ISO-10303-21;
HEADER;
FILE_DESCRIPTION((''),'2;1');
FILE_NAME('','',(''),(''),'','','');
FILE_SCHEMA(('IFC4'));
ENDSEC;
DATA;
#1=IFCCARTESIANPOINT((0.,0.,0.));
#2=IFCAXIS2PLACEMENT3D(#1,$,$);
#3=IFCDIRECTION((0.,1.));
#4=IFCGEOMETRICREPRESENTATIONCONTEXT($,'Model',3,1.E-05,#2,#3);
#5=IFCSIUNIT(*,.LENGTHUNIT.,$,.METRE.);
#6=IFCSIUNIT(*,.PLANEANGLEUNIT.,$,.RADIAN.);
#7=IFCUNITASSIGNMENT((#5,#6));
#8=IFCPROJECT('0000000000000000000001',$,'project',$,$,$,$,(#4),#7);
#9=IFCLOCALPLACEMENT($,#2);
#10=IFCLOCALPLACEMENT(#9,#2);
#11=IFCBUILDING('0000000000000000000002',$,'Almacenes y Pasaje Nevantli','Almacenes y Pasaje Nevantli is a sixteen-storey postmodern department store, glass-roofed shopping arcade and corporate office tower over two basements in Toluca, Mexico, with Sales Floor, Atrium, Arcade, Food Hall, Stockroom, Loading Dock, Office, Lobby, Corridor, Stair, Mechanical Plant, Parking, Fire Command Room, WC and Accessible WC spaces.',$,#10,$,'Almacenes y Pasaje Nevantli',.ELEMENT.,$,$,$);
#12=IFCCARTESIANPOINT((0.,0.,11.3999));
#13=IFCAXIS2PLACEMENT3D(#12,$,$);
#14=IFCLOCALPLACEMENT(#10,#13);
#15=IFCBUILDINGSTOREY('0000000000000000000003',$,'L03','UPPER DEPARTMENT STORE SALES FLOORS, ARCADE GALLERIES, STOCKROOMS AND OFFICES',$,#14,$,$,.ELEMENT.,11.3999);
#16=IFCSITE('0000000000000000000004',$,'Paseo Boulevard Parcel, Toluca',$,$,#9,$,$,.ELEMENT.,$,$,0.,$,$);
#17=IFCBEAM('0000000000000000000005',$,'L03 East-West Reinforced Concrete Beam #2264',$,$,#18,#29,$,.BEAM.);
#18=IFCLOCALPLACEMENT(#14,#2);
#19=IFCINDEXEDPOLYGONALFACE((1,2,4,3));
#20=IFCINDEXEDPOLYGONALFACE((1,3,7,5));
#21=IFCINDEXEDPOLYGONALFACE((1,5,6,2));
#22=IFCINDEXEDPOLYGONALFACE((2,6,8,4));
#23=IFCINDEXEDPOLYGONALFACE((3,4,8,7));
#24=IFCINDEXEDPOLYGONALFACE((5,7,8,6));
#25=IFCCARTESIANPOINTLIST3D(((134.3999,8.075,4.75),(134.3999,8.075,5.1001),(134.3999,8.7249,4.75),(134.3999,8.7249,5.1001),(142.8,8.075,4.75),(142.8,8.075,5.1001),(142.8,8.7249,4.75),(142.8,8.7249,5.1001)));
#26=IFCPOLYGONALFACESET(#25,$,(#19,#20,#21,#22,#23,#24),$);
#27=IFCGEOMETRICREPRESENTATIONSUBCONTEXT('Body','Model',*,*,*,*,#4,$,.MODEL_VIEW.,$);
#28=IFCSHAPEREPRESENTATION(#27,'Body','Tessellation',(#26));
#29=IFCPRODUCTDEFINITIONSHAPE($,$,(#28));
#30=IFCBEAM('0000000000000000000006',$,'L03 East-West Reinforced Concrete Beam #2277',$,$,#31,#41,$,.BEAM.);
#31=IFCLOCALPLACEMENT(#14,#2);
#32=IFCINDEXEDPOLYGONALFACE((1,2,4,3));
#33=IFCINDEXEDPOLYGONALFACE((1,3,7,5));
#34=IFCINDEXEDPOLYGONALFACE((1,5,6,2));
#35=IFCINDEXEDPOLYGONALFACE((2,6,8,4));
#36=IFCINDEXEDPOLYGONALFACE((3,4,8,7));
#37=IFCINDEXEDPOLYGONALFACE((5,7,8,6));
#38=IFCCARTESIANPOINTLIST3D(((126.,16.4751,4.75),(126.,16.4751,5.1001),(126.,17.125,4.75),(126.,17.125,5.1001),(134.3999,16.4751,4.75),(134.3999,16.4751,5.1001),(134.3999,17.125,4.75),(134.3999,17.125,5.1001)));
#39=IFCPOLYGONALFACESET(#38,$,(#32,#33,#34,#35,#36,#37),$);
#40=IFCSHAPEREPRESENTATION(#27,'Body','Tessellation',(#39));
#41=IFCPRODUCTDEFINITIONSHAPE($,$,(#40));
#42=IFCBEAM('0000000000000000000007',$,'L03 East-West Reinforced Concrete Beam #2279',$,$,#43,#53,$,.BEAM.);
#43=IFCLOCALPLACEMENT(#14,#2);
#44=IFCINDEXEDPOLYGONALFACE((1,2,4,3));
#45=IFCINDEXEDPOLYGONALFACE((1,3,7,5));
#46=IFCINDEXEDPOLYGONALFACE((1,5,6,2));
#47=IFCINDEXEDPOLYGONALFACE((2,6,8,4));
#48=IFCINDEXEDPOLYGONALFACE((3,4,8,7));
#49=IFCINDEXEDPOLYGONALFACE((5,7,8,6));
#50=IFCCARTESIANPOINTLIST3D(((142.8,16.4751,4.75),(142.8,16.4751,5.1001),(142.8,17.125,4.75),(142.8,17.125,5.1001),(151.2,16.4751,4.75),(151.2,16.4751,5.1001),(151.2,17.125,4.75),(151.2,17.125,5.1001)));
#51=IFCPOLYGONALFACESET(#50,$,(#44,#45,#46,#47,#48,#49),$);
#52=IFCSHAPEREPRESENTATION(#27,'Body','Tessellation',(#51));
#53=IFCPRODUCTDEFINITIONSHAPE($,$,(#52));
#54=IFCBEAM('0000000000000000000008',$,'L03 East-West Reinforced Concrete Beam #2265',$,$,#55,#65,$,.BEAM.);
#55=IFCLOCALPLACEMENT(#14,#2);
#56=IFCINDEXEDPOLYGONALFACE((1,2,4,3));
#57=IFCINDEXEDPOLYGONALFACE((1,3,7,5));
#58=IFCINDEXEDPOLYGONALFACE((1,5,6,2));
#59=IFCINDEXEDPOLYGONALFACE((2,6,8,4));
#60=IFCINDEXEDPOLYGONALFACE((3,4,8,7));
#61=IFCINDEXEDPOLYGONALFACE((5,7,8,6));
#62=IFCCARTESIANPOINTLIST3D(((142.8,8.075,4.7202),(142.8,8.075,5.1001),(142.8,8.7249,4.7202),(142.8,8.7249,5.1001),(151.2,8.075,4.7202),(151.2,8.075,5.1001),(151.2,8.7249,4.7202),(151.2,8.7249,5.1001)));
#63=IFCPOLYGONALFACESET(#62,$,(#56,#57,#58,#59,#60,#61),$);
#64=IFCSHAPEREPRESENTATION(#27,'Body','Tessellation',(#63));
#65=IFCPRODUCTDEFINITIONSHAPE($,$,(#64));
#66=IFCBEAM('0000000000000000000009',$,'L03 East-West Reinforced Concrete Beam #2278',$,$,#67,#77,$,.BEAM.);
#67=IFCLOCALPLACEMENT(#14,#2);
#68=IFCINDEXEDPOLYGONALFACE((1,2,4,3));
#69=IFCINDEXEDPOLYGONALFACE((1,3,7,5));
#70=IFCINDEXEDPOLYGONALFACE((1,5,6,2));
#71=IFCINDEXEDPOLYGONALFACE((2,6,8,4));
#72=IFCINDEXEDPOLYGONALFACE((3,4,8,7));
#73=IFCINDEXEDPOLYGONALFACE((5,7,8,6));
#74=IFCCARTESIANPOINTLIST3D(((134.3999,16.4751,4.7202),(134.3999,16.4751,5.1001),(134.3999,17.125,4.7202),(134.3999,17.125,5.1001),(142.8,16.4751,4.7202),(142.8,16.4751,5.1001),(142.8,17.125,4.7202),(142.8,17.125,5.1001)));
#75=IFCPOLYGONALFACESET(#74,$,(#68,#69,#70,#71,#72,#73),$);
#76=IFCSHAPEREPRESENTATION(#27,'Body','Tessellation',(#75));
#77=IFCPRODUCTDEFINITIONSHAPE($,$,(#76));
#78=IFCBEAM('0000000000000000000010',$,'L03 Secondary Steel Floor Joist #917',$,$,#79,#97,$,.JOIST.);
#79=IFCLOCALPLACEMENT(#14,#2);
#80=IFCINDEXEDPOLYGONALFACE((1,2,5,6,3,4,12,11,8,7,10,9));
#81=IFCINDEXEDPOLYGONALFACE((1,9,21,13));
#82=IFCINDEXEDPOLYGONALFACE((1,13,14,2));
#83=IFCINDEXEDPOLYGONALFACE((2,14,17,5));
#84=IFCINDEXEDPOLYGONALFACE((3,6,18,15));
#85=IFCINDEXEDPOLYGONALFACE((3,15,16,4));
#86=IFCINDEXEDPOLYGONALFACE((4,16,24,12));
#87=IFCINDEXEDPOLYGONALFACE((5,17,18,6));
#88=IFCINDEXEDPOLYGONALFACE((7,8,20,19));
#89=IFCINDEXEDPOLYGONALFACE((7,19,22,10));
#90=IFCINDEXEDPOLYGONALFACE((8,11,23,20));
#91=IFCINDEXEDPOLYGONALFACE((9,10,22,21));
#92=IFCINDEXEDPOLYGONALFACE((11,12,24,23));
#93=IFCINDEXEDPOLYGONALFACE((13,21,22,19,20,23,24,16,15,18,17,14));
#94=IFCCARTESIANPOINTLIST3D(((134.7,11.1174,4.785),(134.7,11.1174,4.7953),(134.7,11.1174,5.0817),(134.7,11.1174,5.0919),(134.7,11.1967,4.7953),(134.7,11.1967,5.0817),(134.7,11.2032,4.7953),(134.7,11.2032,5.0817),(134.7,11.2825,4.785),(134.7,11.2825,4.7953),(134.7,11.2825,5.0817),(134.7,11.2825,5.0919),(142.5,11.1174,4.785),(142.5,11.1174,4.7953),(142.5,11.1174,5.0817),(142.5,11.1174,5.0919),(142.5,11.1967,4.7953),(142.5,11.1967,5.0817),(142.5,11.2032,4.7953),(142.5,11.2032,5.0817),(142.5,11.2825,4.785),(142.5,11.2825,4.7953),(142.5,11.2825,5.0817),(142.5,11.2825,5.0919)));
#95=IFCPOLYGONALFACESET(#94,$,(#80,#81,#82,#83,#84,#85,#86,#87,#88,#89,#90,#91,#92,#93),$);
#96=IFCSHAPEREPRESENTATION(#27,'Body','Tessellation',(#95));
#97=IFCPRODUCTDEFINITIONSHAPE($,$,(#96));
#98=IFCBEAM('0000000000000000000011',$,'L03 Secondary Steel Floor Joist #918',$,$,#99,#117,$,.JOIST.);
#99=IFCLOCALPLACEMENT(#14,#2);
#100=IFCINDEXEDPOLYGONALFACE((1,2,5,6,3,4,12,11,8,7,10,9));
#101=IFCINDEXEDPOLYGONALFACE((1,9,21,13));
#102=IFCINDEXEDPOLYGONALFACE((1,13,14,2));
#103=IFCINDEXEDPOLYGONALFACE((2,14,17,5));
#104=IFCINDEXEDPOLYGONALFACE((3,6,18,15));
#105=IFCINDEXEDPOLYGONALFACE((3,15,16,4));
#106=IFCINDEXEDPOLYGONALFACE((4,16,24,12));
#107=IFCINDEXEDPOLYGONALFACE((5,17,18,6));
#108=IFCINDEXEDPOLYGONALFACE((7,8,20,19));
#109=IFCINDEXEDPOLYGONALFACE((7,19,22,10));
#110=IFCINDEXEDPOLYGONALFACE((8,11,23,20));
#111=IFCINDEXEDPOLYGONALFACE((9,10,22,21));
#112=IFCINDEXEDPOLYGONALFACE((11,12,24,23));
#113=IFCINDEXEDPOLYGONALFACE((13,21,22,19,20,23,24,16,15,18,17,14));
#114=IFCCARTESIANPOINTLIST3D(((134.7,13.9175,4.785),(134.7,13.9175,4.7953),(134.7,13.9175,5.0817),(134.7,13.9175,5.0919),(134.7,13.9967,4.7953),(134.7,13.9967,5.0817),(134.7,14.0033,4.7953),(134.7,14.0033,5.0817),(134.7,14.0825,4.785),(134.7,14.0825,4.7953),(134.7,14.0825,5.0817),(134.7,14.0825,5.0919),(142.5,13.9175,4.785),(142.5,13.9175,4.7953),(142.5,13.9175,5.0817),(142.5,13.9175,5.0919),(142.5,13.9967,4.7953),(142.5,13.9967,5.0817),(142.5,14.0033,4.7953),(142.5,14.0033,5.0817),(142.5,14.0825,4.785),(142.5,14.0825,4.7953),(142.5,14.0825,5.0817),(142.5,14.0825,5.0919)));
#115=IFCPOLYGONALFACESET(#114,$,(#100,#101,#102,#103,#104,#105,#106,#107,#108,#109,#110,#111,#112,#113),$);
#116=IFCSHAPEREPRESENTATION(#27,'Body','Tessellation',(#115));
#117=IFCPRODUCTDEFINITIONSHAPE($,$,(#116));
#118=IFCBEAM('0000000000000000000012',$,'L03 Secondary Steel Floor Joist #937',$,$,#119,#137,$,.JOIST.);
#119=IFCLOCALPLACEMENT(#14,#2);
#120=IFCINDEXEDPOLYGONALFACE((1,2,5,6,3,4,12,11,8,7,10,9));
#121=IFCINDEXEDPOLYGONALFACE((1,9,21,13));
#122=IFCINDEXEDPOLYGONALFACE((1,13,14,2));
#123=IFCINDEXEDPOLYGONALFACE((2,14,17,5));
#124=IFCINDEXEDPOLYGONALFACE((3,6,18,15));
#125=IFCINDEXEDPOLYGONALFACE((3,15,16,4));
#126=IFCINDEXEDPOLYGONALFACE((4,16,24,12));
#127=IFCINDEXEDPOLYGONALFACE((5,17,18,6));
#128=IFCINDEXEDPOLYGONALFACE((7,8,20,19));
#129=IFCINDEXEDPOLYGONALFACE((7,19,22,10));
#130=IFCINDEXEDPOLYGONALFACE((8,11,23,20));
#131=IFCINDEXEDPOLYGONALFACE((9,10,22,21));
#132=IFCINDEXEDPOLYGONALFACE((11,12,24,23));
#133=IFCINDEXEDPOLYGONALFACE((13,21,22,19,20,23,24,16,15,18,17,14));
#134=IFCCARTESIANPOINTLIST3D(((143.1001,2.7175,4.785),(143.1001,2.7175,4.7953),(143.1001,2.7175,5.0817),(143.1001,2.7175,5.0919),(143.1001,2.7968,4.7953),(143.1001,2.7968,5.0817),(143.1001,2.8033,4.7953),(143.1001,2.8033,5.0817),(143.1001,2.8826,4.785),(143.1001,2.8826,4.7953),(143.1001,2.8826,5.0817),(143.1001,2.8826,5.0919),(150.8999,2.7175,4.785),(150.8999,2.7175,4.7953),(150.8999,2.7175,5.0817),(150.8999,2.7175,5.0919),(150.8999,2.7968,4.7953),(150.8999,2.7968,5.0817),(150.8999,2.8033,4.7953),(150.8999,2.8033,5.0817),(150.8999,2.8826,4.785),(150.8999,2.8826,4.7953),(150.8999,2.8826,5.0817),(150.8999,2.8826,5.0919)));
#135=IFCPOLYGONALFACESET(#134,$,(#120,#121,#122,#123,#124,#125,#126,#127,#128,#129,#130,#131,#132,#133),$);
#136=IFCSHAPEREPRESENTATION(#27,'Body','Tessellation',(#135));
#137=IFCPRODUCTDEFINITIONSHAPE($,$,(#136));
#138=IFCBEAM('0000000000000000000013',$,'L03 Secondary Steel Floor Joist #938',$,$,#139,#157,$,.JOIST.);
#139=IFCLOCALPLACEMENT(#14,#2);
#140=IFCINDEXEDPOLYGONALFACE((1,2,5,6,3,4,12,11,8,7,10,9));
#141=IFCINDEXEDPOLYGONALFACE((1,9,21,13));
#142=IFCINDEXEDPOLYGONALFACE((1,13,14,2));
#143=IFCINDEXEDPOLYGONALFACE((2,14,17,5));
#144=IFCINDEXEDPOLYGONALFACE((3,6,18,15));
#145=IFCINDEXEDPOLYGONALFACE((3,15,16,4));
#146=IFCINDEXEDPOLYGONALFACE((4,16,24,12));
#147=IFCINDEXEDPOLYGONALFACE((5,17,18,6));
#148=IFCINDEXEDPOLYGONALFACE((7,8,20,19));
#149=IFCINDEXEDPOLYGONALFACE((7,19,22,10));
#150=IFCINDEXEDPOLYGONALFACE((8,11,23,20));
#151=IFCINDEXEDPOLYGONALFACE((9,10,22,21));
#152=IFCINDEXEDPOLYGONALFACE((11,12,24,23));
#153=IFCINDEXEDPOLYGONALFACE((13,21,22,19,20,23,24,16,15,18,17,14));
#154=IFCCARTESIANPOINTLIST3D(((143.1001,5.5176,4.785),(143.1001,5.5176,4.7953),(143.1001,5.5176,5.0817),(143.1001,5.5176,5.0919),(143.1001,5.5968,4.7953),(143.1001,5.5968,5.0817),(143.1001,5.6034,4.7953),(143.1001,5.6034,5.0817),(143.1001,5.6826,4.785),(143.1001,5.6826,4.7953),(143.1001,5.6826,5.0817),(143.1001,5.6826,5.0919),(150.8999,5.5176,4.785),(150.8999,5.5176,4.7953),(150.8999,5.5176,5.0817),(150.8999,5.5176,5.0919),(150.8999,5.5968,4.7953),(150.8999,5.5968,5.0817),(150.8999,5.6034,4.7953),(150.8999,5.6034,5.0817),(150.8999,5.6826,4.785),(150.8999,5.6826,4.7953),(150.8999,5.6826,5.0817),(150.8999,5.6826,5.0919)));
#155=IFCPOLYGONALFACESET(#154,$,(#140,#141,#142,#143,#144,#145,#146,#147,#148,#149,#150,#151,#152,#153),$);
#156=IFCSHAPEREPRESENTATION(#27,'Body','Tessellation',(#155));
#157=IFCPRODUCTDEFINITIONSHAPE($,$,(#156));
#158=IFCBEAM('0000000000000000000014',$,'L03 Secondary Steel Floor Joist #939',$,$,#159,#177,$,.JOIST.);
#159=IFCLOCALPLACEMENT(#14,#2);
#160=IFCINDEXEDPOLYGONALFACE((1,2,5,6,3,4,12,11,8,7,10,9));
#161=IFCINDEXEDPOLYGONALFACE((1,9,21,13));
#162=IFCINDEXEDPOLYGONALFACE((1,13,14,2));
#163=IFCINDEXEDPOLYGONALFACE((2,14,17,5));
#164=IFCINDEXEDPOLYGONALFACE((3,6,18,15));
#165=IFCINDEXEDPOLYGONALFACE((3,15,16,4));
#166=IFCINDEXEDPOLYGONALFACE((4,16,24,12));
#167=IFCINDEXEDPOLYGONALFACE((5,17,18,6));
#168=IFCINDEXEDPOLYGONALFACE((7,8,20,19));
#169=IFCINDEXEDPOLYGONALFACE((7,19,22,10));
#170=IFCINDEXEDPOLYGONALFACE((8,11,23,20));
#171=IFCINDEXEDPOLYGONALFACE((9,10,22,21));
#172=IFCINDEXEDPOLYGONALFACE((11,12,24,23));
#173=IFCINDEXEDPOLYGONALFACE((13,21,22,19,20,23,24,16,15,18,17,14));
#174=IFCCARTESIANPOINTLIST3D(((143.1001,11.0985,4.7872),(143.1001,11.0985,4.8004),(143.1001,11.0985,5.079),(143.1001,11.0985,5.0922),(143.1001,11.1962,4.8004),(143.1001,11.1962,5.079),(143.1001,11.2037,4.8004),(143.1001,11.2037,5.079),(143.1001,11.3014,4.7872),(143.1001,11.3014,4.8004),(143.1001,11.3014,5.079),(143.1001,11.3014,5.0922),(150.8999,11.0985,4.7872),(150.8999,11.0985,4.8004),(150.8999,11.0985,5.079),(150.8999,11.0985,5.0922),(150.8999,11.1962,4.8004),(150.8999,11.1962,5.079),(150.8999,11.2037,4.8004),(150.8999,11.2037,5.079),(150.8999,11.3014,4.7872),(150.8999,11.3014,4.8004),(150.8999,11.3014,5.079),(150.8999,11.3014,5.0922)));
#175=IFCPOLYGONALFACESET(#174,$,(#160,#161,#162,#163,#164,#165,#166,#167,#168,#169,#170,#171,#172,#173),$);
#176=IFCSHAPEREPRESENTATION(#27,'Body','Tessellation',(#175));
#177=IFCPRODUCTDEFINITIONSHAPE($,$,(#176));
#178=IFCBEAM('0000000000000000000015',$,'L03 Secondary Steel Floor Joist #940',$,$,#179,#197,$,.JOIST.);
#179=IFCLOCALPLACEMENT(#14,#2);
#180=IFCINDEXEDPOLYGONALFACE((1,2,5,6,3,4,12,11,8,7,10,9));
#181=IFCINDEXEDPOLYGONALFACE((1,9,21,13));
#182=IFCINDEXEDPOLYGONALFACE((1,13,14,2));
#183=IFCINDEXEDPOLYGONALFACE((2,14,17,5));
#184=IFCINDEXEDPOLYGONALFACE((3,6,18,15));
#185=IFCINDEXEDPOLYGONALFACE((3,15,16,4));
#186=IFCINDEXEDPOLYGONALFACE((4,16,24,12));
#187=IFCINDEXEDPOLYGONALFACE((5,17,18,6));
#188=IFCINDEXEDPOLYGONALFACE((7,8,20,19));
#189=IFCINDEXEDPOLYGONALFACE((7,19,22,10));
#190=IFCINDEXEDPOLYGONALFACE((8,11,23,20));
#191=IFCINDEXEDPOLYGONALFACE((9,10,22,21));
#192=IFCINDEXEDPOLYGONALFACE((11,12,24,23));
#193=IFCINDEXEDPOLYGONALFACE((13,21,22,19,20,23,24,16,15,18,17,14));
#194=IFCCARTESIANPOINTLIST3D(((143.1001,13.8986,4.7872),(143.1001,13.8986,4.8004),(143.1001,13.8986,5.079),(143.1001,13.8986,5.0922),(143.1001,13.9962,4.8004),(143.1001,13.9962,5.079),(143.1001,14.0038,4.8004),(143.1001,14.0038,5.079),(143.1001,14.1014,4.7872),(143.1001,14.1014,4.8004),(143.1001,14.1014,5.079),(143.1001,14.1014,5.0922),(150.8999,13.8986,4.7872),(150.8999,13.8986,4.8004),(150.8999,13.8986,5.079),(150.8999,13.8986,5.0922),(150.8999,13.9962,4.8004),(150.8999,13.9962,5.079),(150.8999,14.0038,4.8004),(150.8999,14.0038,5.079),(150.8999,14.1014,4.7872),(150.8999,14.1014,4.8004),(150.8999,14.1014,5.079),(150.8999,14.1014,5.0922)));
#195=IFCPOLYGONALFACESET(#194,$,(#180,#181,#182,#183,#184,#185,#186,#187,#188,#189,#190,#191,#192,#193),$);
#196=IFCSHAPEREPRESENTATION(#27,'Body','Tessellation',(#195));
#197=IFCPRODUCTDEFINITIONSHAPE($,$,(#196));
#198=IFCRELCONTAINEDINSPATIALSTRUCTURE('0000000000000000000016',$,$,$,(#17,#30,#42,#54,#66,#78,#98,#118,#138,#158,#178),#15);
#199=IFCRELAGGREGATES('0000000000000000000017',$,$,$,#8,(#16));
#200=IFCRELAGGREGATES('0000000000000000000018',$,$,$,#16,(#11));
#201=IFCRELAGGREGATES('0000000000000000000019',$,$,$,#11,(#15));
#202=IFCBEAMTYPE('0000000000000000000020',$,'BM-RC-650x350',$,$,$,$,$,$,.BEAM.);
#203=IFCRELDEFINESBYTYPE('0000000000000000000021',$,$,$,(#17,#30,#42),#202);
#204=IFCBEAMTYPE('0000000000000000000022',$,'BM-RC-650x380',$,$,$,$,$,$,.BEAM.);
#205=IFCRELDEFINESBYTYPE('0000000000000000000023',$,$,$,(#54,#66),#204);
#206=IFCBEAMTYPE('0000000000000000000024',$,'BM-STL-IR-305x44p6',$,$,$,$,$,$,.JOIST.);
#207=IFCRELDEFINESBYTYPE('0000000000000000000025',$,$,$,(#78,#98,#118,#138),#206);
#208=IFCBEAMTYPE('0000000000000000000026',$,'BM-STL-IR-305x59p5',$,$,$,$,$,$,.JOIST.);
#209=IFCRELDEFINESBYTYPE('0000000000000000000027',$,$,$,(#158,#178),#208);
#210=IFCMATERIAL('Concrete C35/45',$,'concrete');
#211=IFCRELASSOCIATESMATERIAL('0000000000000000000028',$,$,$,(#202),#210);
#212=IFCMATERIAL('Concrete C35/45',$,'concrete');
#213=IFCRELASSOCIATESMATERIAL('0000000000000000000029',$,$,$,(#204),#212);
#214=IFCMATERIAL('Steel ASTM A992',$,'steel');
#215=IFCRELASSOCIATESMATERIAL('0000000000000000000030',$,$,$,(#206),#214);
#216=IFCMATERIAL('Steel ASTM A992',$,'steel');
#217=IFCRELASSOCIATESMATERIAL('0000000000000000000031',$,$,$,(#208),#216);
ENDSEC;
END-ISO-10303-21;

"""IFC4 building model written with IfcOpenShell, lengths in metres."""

from ifc_helpers import new_model, si_unit, direction, frame, origin, origin_2d, place, context, subcontext, project, spatial, rectangle, i_section, extrude, material, material_profile, profile_set, type_object, element, save


model = new_model("IFC4")

# Units and contexts
model_context = context("Model", 3, precision=1e-05, world=origin(), true_north=direction((0.0, 1.0)))
body_context = subcontext(model_context, "Body", "Model", "MODEL_VIEW")
ifc_project = project(units=[si_unit("LENGTHUNIT", "METRE"), si_unit("PLANEANGLEUNIT", "RADIAN")], contexts=[model_context])

# Site, building, storey
site_placement = place(None, origin())
site = spatial("IfcSite", under=ifc_project, at=site_placement, Name="Paseo Boulevard Parcel, Toluca", CompositionType="ELEMENT", RefElevation=0.0)
building_placement = place(site_placement, origin())
building = spatial("IfcBuilding", under=site, at=building_placement, Name="Almacenes y Pasaje Nevantli", Description="Almacenes y Pasaje Nevantli is a sixteen-storey postmodern department store, glass-roofed shopping arcade and corporate office tower over two basements in Toluca, Mexico, with Sales Floor, Atrium, Arcade, Food Hall, Stockroom, Loading Dock, Office, Lobby, Corridor, Stair, Mechanical Plant, Parking, Fire Command Room, WC and Accessible WC spaces.", LongName="Almacenes y Pasaje Nevantli", CompositionType="ELEMENT")
storey_placement = place(building_placement, frame((0.0, 0.0, 11.3999)))
storey = spatial("IfcBuildingStorey", under=building, at=storey_placement, Name="L03", Description="UPPER DEPARTMENT STORE SALES FLOORS, ARCADE GALLERIES, STOCKROOMS AND OFFICES", CompositionType="ELEMENT", Elevation=11.3999)

# Beams
ifc_material_1 = material(Name="Concrete C35/45", Category="concrete")
ifc_material_profile_1 = material_profile(ifc_material_1, rectangle(XDim=0.6499, YDim=0.3501, at=origin_2d()), Name="RC-BM-650x350")
ifc_profile_set_1 = profile_set([ifc_material_profile_1], Name="Concrete C35/45")
beam_type_1 = type_object("IfcBeamType", Name="BM-RC-650x350", PredefinedType="BEAM", material=ifc_profile_set_1)
beam_1_placement = place(storey_placement, frame((134.3999, 8.3999, 4.925), z_axis=(1.0, 0.0, 0.0), x_axis=(0.0, 1.0, 0.0)))
element("IfcBeam", 1, at=beam_1_placement, inside=storey, type_object=beam_type_1, Name="L03 East-West Reinforced Concrete Beam #2264", PredefinedType="BEAM", context=body_context, shape_type="SweptSolid", body=[
    extrude(rectangle(XDim=0.6499, YDim=0.3501, at=origin_2d()), origin(), (0.0, 0.0, 1.0), 8.4001),
])
for number, where, z_axis, x_axis, name in (
    (2, (126.0, 16.8, 4.925), (1.0, 0.0, 0.0), (0.0, 1.0, 0.0), "L03 East-West Reinforced Concrete Beam #2277"),
    (3, (142.8, 16.8, 4.925), (1.0, 0.0, 0.0), (0.0, 1.0, 0.0), "L03 East-West Reinforced Concrete Beam #2279"),
):
    element("IfcBeam", number, at=place(storey_placement, frame(where, z_axis=z_axis, x_axis=x_axis)), inside=storey, type_object=beam_type_1, Name=name, PredefinedType="BEAM", context=body_context, shape_type="SweptSolid", body=[
        extrude(rectangle(XDim=0.6499, YDim=0.3501, at=origin_2d()), origin(), (0.0, 0.0, 1.0), 8.3999),
    ])
ifc_material_2 = material(Name="Concrete C35/45", Category="concrete")
ifc_material_profile_2 = material_profile(ifc_material_2, rectangle(XDim=0.6499, YDim=0.3799, at=origin_2d()), Name="RC-BM-650x380")
ifc_profile_set_2 = profile_set([ifc_material_profile_2], Name="Concrete C35/45")
beam_type_2 = type_object("IfcBeamType", Name="BM-RC-650x380", PredefinedType="BEAM", material=ifc_profile_set_2)
beam_2_placement = place(storey_placement, frame((142.8, 8.3999, 4.9102), z_axis=(1.0, 0.0, 0.0), x_axis=(0.0, 1.0, 0.0)))
element("IfcBeam", 4, at=beam_2_placement, inside=storey, type_object=beam_type_2, Name="L03 East-West Reinforced Concrete Beam #2265", PredefinedType="BEAM", context=body_context, shape_type="SweptSolid", body=[
    extrude(rectangle(XDim=0.6499, YDim=0.3799, at=origin_2d()), origin(), (0.0, 0.0, 1.0), 8.3999),
])
beam_3_placement = place(storey_placement, frame((134.3999, 16.8, 4.9102), z_axis=(1.0, 0.0, 0.0), x_axis=(0.0, 1.0, 0.0)))
element("IfcBeam", 5, at=beam_3_placement, inside=storey, type_object=beam_type_2, Name="L03 East-West Reinforced Concrete Beam #2278", PredefinedType="BEAM", context=body_context, shape_type="SweptSolid", body=[
    extrude(rectangle(XDim=0.6499, YDim=0.3799, at=origin_2d()), origin(), (0.0, 0.0, 1.0), 8.4001),
])
ifc_material_3 = material(Name="Steel ASTM A992", Category="steel")
ifc_material_profile_3 = material_profile(ifc_material_3, i_section(OverallWidth=0.165, OverallDepth=0.3069, WebThickness=0.0066, FlangeThickness=0.0103, at=origin_2d()), Name="IR 305x44.6")
ifc_profile_set_3 = profile_set([ifc_material_profile_3], Name="Steel ASTM A992")
beam_type_3 = type_object("IfcBeamType", Name="BM-STL-IR-305x44p6", PredefinedType="JOIST", material=ifc_profile_set_3)
for number, where, z_axis, x_axis, name in (
    (6, (134.7, 11.2, 4.9385), (1.0, 0.0, 0.0), (0.0, 1.0, 0.0), "L03 Secondary Steel Floor Joist #917"),
    (7, (134.7, 14.0, 4.9385), (1.0, 0.0, 0.0), (0.0, 1.0, 0.0), "L03 Secondary Steel Floor Joist #918"),
):
    element("IfcBeam", number, at=place(storey_placement, frame(where, z_axis=z_axis, x_axis=x_axis)), inside=storey, type_object=beam_type_3, Name=name, PredefinedType="JOIST", context=body_context, shape_type="SweptSolid", body=[
        extrude(i_section(OverallWidth=0.165, OverallDepth=0.3069, WebThickness=0.0066, FlangeThickness=0.0103, at=origin_2d()), origin(), (0.0, 0.0, 1.0), 7.8),
    ])
for number, where, z_axis, x_axis, name in (
    (8, (143.1001, 2.8, 4.9385), (1.0, 0.0, 0.0), (0.0, 1.0, 0.0), "L03 Secondary Steel Floor Joist #937"),
    (9, (143.1001, 5.6001, 4.9385), (1.0, 0.0, 0.0), (0.0, 1.0, 0.0), "L03 Secondary Steel Floor Joist #938"),
):
    element("IfcBeam", number, at=place(storey_placement, frame(where, z_axis=z_axis, x_axis=x_axis)), inside=storey, type_object=beam_type_3, Name=name, PredefinedType="JOIST", context=body_context, shape_type="SweptSolid", body=[
        extrude(i_section(OverallWidth=0.165, OverallDepth=0.3069, WebThickness=0.0066, FlangeThickness=0.0103, at=origin_2d()), origin(), (0.0, 0.0, 1.0), 7.7998),
    ])
ifc_material_4 = material(Name="Steel ASTM A992", Category="steel")
ifc_material_profile_4 = material_profile(ifc_material_4, i_section(OverallWidth=0.2029, OverallDepth=0.3049, WebThickness=0.0076, FlangeThickness=0.0132, at=origin_2d()), Name="IR 305x59.5")
ifc_profile_set_4 = profile_set([ifc_material_profile_4], Name="Steel ASTM A992")
beam_type_4 = type_object("IfcBeamType", Name="BM-STL-IR-305x59p5", PredefinedType="JOIST", material=ifc_profile_set_4)
for number, where, z_axis, x_axis, name in (
    (10, (143.1001, 11.2, 4.9397), (1.0, 0.0, 0.0), (0.0, 1.0, 0.0), "L03 Secondary Steel Floor Joist #939"),
    (11, (143.1001, 14.0, 4.9397), (1.0, 0.0, 0.0), (0.0, 1.0, 0.0), "L03 Secondary Steel Floor Joist #940"),
):
    element("IfcBeam", number, at=place(storey_placement, frame(where, z_axis=z_axis, x_axis=x_axis)), inside=storey, type_object=beam_type_4, Name=name, PredefinedType="JOIST", context=body_context, shape_type="SweptSolid", body=[
        extrude(i_section(OverallWidth=0.2029, OverallDepth=0.3049, WebThickness=0.0076, FlangeThickness=0.0132, at=origin_2d()), origin(), (0.0, 0.0, 1.0), 7.7998),
    ])

save(model, "model.ifc")
